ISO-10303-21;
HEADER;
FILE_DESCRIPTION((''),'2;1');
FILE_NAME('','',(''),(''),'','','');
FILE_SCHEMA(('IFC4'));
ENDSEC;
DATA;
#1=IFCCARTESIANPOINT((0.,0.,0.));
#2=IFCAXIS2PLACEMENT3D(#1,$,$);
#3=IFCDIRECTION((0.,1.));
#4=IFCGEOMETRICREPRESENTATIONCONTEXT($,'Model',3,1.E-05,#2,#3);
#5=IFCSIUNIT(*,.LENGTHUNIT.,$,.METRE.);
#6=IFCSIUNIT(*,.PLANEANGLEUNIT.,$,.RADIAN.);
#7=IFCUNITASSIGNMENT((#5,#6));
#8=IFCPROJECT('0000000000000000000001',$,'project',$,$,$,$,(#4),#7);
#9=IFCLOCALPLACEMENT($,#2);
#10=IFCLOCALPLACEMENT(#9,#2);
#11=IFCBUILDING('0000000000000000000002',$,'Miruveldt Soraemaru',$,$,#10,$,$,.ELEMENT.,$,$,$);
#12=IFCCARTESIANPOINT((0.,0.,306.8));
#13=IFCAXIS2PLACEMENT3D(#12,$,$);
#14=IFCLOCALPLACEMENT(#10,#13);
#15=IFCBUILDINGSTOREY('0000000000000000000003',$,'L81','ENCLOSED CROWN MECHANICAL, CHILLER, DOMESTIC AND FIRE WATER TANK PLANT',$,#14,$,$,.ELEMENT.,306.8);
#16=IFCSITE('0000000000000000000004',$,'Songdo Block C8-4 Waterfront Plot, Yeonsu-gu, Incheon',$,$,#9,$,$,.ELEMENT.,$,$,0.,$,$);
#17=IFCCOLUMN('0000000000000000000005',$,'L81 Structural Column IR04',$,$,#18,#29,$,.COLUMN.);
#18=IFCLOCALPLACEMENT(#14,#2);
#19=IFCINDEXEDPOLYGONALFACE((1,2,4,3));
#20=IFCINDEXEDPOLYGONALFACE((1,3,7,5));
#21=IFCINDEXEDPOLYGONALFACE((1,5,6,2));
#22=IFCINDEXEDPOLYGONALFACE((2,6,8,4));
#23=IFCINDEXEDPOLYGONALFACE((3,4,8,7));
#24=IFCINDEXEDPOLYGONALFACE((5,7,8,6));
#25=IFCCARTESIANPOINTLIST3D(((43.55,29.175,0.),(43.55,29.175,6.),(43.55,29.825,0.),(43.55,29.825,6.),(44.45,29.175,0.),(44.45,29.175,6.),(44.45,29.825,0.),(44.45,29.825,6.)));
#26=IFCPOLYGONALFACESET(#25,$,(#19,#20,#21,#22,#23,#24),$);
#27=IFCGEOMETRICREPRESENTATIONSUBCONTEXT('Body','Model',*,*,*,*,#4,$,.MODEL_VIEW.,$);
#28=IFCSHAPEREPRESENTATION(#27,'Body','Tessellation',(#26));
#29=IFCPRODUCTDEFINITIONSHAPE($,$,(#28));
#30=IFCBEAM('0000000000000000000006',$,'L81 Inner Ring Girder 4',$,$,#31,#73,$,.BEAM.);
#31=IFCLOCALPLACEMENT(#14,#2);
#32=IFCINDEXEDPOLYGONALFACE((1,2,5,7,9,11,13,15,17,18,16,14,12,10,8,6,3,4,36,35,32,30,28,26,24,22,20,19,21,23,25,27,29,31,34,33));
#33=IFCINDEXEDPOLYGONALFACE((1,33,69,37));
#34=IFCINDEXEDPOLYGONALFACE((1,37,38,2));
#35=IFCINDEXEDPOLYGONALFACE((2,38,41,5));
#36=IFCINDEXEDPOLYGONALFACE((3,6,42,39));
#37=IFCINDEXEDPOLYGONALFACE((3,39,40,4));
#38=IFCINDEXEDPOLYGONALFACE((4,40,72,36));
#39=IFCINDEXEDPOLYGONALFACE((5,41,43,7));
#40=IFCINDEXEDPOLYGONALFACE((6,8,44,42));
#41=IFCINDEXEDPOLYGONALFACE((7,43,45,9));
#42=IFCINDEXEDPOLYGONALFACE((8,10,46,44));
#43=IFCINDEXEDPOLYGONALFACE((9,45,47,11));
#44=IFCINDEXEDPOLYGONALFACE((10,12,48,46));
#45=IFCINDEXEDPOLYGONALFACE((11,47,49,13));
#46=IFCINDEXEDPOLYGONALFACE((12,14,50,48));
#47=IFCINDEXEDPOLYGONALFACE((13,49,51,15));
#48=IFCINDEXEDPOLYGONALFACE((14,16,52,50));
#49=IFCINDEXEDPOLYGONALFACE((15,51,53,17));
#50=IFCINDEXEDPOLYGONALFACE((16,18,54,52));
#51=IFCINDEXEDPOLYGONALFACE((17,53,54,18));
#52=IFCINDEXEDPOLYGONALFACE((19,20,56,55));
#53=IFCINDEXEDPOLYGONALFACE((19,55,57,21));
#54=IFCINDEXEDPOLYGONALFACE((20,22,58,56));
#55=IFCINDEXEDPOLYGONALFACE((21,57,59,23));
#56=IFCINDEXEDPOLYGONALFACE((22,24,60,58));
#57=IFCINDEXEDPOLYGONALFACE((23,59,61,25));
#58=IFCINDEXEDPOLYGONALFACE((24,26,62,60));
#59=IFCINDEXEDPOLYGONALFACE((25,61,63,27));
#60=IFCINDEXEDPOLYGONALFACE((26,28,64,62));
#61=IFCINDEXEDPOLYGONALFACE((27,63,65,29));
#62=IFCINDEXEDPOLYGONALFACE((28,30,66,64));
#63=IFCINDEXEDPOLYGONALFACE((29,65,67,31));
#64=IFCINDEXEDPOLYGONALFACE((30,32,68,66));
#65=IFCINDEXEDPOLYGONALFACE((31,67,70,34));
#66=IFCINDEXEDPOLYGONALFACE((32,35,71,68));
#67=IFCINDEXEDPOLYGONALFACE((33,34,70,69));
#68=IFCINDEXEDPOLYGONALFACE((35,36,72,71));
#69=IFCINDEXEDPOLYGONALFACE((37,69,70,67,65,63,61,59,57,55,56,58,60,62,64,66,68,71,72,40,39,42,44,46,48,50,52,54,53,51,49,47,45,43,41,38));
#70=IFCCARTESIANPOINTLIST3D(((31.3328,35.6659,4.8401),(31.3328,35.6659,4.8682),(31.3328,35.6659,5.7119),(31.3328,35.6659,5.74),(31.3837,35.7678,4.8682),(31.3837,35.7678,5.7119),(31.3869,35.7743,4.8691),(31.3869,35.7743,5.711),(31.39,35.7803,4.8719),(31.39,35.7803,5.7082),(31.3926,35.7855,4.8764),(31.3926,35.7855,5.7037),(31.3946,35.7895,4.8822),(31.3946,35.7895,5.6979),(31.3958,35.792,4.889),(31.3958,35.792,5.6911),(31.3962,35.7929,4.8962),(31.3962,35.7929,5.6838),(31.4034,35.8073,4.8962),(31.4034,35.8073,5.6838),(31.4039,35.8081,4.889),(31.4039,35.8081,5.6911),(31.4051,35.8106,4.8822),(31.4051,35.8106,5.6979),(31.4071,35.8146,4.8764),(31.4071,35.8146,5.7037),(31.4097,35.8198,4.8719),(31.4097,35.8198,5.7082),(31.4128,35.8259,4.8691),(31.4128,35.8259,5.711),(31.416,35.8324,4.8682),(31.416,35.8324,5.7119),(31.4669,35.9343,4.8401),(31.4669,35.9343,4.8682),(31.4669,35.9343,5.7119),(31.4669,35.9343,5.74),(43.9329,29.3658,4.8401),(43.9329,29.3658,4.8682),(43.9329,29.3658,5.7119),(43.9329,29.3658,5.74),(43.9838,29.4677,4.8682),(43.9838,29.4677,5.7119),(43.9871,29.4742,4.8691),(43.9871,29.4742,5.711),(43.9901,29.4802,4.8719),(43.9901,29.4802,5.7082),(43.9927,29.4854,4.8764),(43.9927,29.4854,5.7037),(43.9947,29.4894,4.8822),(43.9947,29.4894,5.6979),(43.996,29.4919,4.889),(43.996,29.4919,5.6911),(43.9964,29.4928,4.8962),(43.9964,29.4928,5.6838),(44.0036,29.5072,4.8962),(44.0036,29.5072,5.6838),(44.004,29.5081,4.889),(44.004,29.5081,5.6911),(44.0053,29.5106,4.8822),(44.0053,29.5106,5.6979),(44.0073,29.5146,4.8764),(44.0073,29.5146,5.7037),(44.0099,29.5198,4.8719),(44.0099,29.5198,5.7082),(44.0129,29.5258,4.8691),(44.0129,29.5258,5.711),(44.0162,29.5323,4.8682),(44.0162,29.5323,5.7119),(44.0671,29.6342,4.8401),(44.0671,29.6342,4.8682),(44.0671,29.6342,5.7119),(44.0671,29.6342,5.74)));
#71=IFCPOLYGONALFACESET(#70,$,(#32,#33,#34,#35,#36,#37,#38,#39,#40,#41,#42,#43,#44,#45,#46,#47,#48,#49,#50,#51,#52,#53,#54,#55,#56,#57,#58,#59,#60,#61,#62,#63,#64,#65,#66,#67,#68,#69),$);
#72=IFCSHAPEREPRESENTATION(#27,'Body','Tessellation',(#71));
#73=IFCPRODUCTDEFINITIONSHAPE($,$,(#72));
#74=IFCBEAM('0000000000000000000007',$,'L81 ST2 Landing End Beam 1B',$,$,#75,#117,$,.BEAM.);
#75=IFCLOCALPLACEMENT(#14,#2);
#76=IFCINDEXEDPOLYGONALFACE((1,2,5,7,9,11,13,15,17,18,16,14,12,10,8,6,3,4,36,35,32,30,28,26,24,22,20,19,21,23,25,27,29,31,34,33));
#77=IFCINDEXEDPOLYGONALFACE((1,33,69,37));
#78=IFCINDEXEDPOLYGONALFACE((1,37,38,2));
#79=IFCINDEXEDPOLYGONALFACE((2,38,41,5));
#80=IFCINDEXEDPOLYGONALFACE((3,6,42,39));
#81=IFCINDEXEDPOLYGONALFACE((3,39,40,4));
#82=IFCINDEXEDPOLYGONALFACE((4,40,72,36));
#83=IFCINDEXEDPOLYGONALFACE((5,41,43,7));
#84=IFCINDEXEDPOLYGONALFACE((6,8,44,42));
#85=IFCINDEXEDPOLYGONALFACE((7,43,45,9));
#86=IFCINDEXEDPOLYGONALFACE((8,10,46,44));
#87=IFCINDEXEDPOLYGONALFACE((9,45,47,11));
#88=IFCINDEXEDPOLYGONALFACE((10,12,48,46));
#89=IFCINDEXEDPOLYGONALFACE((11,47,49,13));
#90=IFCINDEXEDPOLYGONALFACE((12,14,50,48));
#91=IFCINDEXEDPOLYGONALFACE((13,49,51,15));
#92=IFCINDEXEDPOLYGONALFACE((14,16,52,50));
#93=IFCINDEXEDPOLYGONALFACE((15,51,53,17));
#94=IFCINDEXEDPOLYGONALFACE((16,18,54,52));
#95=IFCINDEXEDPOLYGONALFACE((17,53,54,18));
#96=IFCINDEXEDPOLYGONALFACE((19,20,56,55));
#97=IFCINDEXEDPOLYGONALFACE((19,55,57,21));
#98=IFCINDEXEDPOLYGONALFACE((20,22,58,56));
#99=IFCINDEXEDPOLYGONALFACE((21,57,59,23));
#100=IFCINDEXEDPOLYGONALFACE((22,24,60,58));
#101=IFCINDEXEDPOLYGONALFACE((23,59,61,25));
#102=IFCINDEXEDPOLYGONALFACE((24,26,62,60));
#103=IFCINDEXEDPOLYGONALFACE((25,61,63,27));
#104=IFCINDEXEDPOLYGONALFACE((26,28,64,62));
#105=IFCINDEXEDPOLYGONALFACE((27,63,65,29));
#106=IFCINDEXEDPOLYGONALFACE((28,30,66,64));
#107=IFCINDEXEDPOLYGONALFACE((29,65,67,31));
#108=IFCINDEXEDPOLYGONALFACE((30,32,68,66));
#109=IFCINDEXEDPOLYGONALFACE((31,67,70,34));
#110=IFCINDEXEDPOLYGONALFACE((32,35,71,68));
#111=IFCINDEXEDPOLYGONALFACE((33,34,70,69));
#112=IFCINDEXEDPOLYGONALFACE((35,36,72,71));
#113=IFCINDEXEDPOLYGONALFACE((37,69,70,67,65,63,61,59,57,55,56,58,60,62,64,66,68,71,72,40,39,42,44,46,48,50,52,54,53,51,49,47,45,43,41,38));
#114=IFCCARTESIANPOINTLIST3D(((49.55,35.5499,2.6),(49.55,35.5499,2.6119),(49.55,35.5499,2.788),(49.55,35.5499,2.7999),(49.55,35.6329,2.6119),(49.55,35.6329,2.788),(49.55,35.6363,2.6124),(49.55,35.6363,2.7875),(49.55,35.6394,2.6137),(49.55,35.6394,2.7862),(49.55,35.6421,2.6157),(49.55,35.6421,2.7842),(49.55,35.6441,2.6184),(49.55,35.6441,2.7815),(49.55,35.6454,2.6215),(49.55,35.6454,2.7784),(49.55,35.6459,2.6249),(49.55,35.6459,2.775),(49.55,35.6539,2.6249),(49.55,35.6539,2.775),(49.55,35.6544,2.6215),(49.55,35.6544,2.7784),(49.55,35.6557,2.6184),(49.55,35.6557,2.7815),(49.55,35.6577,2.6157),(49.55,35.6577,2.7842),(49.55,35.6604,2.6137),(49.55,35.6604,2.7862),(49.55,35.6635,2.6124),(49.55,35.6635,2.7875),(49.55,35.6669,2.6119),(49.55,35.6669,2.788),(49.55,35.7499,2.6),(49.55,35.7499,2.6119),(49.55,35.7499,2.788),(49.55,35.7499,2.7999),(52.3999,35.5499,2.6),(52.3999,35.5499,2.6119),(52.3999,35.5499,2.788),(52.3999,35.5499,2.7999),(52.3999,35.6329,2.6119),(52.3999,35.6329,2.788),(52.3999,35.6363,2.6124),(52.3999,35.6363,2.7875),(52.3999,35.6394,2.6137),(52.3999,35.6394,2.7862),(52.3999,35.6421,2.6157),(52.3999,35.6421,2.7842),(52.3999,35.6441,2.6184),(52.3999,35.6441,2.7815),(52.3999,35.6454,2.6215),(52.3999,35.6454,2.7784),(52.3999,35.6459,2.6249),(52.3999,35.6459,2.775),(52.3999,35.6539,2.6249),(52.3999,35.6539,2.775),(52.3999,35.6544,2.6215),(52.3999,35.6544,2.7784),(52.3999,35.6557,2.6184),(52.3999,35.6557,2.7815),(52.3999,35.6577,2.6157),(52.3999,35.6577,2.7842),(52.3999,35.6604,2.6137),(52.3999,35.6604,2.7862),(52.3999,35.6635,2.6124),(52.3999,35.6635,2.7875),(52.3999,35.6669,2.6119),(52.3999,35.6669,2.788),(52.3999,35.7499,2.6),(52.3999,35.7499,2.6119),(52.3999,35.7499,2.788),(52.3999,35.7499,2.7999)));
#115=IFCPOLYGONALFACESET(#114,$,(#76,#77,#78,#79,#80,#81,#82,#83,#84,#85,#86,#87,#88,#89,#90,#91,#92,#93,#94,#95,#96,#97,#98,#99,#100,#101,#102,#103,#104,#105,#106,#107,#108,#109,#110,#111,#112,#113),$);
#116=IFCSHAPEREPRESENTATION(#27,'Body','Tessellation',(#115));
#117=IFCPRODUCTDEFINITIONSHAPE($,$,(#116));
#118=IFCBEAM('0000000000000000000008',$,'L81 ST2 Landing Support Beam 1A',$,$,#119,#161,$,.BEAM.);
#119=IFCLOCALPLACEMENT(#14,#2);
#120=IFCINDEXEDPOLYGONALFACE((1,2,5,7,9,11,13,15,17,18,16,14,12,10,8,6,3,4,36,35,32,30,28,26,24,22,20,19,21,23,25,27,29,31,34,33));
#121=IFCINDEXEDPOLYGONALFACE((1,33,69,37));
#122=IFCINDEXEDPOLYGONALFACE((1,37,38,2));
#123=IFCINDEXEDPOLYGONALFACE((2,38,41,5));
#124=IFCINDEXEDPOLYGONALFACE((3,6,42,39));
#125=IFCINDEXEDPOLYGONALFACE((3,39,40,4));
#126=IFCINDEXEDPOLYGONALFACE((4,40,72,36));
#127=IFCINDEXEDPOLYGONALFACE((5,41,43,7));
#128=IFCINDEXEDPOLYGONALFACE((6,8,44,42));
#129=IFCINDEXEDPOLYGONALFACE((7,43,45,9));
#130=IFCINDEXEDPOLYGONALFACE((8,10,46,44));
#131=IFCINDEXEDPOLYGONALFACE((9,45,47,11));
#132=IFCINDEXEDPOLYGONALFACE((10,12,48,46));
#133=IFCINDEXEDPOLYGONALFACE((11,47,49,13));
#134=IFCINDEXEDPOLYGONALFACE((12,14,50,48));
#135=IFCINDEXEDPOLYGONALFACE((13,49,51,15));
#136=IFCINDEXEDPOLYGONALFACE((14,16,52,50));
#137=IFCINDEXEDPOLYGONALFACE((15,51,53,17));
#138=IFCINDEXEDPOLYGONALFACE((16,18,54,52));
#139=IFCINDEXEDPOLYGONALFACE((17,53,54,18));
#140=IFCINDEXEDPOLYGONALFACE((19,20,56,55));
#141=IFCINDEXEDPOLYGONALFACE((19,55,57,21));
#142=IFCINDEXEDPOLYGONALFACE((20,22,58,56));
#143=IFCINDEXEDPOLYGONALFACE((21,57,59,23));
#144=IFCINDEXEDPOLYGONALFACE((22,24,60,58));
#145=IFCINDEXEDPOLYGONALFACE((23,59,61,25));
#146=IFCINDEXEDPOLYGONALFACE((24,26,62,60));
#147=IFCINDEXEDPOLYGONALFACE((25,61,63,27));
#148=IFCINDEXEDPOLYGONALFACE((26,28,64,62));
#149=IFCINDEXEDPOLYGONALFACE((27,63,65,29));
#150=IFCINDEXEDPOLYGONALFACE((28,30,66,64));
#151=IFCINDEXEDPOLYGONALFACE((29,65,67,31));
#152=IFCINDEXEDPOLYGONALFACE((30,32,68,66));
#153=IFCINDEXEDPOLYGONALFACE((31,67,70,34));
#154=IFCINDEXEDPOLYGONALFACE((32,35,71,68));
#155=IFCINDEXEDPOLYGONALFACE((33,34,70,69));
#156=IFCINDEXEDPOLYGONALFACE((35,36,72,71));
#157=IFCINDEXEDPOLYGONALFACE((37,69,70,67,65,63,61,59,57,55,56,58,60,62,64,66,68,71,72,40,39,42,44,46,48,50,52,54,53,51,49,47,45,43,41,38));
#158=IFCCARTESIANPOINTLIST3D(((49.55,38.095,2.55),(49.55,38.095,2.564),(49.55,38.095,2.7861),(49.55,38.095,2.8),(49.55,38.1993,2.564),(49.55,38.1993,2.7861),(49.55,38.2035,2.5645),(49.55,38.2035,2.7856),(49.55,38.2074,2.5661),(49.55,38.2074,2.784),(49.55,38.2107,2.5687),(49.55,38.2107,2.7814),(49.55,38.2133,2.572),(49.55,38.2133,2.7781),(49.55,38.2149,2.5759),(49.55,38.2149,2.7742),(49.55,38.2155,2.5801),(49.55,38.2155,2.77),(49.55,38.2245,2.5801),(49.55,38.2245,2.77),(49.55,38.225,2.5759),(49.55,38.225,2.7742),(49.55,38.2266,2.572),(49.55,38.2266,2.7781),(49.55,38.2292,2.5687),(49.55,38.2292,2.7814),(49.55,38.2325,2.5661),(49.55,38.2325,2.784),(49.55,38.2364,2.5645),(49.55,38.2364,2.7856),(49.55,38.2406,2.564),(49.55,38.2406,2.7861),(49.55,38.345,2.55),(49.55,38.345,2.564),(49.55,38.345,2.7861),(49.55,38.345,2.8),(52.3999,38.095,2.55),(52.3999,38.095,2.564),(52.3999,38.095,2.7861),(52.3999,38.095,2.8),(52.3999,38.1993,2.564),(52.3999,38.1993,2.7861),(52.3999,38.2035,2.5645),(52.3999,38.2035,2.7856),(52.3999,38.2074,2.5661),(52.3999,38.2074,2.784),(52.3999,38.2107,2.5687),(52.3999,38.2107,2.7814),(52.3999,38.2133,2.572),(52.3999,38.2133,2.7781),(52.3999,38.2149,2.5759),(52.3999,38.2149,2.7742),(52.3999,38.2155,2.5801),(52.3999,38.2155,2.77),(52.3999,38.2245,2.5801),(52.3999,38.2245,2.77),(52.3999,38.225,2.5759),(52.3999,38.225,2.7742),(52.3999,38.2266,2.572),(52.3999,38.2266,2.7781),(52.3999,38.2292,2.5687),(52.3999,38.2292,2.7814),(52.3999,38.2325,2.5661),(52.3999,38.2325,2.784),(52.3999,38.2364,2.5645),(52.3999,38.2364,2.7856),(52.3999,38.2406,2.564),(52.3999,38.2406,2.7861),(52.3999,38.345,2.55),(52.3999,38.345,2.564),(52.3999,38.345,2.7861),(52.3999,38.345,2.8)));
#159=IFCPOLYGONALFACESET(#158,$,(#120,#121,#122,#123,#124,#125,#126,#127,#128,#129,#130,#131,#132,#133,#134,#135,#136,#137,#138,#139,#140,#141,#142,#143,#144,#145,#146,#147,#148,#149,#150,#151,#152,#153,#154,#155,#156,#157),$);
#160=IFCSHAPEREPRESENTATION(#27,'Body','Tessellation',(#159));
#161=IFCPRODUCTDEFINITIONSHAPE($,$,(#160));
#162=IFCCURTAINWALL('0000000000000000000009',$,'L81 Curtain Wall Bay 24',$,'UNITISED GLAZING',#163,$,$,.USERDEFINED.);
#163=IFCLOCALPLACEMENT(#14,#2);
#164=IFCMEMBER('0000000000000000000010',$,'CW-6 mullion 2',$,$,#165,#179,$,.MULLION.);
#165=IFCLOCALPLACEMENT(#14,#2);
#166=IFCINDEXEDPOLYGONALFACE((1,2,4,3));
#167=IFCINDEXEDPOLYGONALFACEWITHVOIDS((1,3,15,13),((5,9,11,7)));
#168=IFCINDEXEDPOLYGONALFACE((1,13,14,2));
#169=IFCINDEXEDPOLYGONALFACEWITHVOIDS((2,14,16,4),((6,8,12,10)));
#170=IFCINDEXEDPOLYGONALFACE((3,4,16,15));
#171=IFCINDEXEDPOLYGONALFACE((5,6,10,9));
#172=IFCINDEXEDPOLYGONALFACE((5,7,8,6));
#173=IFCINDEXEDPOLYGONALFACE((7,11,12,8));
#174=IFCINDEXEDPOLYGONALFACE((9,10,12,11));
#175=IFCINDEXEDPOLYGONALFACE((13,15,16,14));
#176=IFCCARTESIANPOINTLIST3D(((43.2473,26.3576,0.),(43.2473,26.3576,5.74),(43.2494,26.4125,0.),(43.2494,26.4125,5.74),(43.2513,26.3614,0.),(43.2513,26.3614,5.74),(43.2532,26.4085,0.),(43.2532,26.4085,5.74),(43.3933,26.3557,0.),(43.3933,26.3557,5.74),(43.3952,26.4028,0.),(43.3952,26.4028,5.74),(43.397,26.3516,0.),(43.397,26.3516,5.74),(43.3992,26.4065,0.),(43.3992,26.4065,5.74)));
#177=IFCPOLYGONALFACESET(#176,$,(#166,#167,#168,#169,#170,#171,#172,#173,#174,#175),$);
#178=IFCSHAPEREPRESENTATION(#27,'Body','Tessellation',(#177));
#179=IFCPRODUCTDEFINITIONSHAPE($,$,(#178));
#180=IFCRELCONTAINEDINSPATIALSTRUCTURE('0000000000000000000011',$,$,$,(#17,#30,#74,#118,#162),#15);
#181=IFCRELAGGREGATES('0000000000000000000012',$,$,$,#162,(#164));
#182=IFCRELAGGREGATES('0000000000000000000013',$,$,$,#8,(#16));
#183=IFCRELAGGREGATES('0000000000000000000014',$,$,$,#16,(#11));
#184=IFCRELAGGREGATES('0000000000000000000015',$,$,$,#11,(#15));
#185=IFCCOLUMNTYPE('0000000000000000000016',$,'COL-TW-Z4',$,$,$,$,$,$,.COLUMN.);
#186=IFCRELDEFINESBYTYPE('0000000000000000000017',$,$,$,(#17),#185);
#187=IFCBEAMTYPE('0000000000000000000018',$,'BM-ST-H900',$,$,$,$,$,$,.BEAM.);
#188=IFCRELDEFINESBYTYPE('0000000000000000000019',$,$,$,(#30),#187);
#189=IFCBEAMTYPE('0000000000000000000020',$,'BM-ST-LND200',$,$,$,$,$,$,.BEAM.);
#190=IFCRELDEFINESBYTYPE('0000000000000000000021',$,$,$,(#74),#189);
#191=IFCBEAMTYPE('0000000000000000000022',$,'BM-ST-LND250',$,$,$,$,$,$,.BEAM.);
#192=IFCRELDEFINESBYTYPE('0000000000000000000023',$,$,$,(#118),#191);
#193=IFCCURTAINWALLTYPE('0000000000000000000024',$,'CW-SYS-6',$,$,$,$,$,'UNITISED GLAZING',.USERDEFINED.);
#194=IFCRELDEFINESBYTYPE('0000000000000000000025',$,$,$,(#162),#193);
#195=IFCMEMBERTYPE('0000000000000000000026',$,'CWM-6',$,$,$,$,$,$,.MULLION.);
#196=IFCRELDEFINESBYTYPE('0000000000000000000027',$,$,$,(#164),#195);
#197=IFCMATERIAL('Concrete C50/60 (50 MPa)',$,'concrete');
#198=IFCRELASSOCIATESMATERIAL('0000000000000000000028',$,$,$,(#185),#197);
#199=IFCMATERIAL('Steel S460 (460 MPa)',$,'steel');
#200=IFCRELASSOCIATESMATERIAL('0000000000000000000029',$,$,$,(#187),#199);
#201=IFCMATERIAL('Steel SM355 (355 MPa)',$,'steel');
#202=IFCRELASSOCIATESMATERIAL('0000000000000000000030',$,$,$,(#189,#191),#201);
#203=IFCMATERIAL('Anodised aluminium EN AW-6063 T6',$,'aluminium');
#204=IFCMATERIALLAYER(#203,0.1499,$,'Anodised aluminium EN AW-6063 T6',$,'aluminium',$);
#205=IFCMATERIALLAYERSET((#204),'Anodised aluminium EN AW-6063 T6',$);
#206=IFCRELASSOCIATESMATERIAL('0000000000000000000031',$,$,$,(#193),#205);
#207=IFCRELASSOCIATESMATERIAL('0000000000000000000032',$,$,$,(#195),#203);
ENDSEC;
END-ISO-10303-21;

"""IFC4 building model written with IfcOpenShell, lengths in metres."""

from ifc_helpers import new_model, si_unit, direction, frame, origin, origin_2d, place, context, subcontext, project, spatial, rectangle, hollow_rectangle, i_section, extrude, material, layer, layer_set, material_profile, profile_set, type_object, element, aggregate, save


model = new_model("IFC4")

# Units and contexts
model_context = context("Model", 3, precision=1e-05, world=origin(), true_north=direction((0.0, 1.0)))
body_context = subcontext(model_context, "Body", "Model", "MODEL_VIEW")
ifc_project = project(units=[si_unit("LENGTHUNIT", "METRE"), si_unit("PLANEANGLEUNIT", "RADIAN")], contexts=[model_context])

# Site, building, storey
site_placement = place(None, origin())
site = spatial("IfcSite", under=ifc_project, at=site_placement, Name="Songdo Block C8-4 Waterfront Plot, Yeonsu-gu, Incheon", CompositionType="ELEMENT", RefElevation=0.0)
building_placement = place(site_placement, origin())
building = spatial("IfcBuilding", under=site, at=building_placement, Name="Miruveldt Soraemaru", CompositionType="ELEMENT")
storey_placement = place(building_placement, frame((0.0, 0.0, 306.8)))
storey = spatial("IfcBuildingStorey", under=building, at=storey_placement, Name="L81", Description="ENCLOSED CROWN MECHANICAL, CHILLER, DOMESTIC AND FIRE WATER TANK PLANT", CompositionType="ELEMENT", Elevation=306.8)

# Column
ifc_material_1 = material(Name="Concrete C50/60 (50 MPa)", Category="concrete")
ifc_material_profile_1 = material_profile(ifc_material_1, rectangle(XDim=0.8999, YDim=0.6499, at=origin_2d()), Name="Concrete C50/60 (50 MPa)", Category="concrete")
ifc_profile_set_1 = profile_set([ifc_material_profile_1], Name="Concrete C50/60 (50 MPa)")
column_type = type_object("IfcColumnType", Name="COL-TW-Z4", PredefinedType="COLUMN", material=ifc_profile_set_1)
column_placement = place(storey_placement, frame((44.0, 29.5, 0.0), z_axis=(0.0, 0.0, 1.0), x_axis=(1.0, 0.0, 0.0)))
element("IfcColumn", 1, at=column_placement, inside=storey, type_object=column_type, Name="L81 Structural Column IR04", PredefinedType="COLUMN", context=body_context, shape_type="SweptSolid", body=[
    extrude(rectangle(XDim=0.8999, YDim=0.6499, at=origin_2d()), origin(), (0.0, 0.0, 1.0), 6.0),
])

# Beams
ifc_material_2 = material(Name="Steel S460 (460 MPa)", Category="steel")
ifc_material_profile_2 = material_profile(ifc_material_2, i_section(OverallWidth=0.3, OverallDepth=0.8999, WebThickness=0.0161, FlangeThickness=0.0281, FilletRadius=0.0281, at=origin_2d()), Name="Steel S460 (460 MPa)", Category="steel")
ifc_profile_set_2 = profile_set([ifc_material_profile_2], Name="Steel S460 (460 MPa)")
beam_type_1 = type_object("IfcBeamType", Name="BM-ST-H900", PredefinedType="BEAM", material=ifc_profile_set_2)
beam_1_placement = place(storey_placement, frame((44.0, 29.5, 5.29), z_axis=(-0.894427, 0.447214, 0.0), x_axis=(-0.447214, -0.894427, 0.0)))
element("IfcBeam", 2, at=beam_1_placement, inside=storey, type_object=beam_type_1, Name="L81 Inner Ring Girder 4", PredefinedType="BEAM", context=body_context, shape_type="SweptSolid", body=[
    extrude(i_section(OverallWidth=0.3, OverallDepth=0.8999, WebThickness=0.0161, FlangeThickness=0.0281, FilletRadius=0.0281, at=origin_2d()), origin(), (0.0, 0.0, 1.0), 14.0874),
])
ifc_material_3 = material(Name="Steel SM355 (355 MPa)", Category="steel")
ifc_material_profile_3 = material_profile(ifc_material_3, i_section(OverallWidth=0.2, OverallDepth=0.2, WebThickness=0.0081, FlangeThickness=0.012, FilletRadius=0.0129, at=origin_2d()), Name="Steel SM355 (355 MPa)", Category="steel")
ifc_profile_set_3 = profile_set([ifc_material_profile_3], Name="Steel SM355 (355 MPa)")
beam_type_2 = type_object("IfcBeamType", Name="BM-ST-LND200", PredefinedType="BEAM", material=ifc_profile_set_3)
beam_2_placement = place(storey_placement, frame((49.55, 35.6499, 2.7), z_axis=(1.0, 0.0, 0.0), x_axis=(0.0, 1.0, 0.0)))
element("IfcBeam", 3, at=beam_2_placement, inside=storey, type_object=beam_type_2, Name="L81 ST2 Landing End Beam 1B", PredefinedType="BEAM", context=body_context, shape_type="SweptSolid", body=[
    extrude(i_section(OverallWidth=0.2, OverallDepth=0.2, WebThickness=0.0081, FlangeThickness=0.012, FilletRadius=0.0129, at=origin_2d()), origin(), (0.0, 0.0, 1.0), 2.8499),
])
ifc_material_profile_4 = material_profile(ifc_material_3, i_section(OverallWidth=0.25, OverallDepth=0.25, WebThickness=0.009, FlangeThickness=0.0139, FilletRadius=0.0161, at=origin_2d()), Name="Steel SM355 (355 MPa)", Category="steel")
ifc_profile_set_4 = profile_set([ifc_material_profile_4], Name="Steel SM355 (355 MPa)")
beam_type_3 = type_object("IfcBeamType", Name="BM-ST-LND250", PredefinedType="BEAM", material=ifc_profile_set_4)
beam_3_placement = place(storey_placement, frame((49.55, 38.22, 2.675), z_axis=(1.0, 0.0, 0.0), x_axis=(0.0, 1.0, 0.0)))
element("IfcBeam", 4, at=beam_3_placement, inside=storey, type_object=beam_type_3, Name="L81 ST2 Landing Support Beam 1A", PredefinedType="BEAM", context=body_context, shape_type="SweptSolid", body=[
    extrude(i_section(OverallWidth=0.25, OverallDepth=0.25, WebThickness=0.009, FlangeThickness=0.0139, FilletRadius=0.0161, at=origin_2d()), origin(), (0.0, 0.0, 1.0), 2.8499),
])

# Curtain wall, member
ifc_material_4 = material(Name="Anodised aluminium EN AW-6063 T6", Category="aluminium")
ifc_layer_1 = layer(ifc_material_4, 0.1499, Name="Anodised aluminium EN AW-6063 T6", Category="aluminium")
ifc_layer_set_1 = layer_set([ifc_layer_1], Name="Anodised aluminium EN AW-6063 T6")
curtain_wall_type = type_object("IfcCurtainWallType", Name="CW-SYS-6", ElementType="UNITISED GLAZING", PredefinedType="USERDEFINED", material=ifc_layer_set_1)
curtain_wall_placement = place(storey_placement, origin())
curtain_wall = element("IfcCurtainWall", 5, at=curtain_wall_placement, inside=storey, type_object=curtain_wall_type, Name="L81 Curtain Wall Bay 24", ObjectType="UNITISED GLAZING", PredefinedType="USERDEFINED")
ifc_material_profile_5 = material_profile(ifc_material_4, hollow_rectangle(XDim=0.0549, YDim=0.1499, WallThickness=0.0039, at=origin_2d()), Name="Anodised aluminium EN AW-6063 T6", Category="aluminium")
ifc_profile_set_5 = profile_set([ifc_material_profile_5], Name="Anodised aluminium EN AW-6063 T6")
member_type = type_object("IfcMemberType", Name="CWM-6", PredefinedType="MULLION", material=ifc_profile_set_5)
member_placement = place(storey_placement, frame((43.3232, 26.3821, 0.0), z_axis=(0.0, 0.0, 1.0), x_axis=(0.039939, 0.999202, 0.0)))
member = element("IfcMember", 6, at=member_placement, type_object=member_type, Name="CW-6 mullion 2", PredefinedType="MULLION", context=body_context, shape_type="SweptSolid", body=[
    extrude(hollow_rectangle(XDim=0.0549, YDim=0.1499, WallThickness=0.0039, at=origin_2d()), origin(), (0.0, 0.0, 1.0), 5.74),
])
aggregate(curtain_wall, [member])

save(model, "model.ifc")
